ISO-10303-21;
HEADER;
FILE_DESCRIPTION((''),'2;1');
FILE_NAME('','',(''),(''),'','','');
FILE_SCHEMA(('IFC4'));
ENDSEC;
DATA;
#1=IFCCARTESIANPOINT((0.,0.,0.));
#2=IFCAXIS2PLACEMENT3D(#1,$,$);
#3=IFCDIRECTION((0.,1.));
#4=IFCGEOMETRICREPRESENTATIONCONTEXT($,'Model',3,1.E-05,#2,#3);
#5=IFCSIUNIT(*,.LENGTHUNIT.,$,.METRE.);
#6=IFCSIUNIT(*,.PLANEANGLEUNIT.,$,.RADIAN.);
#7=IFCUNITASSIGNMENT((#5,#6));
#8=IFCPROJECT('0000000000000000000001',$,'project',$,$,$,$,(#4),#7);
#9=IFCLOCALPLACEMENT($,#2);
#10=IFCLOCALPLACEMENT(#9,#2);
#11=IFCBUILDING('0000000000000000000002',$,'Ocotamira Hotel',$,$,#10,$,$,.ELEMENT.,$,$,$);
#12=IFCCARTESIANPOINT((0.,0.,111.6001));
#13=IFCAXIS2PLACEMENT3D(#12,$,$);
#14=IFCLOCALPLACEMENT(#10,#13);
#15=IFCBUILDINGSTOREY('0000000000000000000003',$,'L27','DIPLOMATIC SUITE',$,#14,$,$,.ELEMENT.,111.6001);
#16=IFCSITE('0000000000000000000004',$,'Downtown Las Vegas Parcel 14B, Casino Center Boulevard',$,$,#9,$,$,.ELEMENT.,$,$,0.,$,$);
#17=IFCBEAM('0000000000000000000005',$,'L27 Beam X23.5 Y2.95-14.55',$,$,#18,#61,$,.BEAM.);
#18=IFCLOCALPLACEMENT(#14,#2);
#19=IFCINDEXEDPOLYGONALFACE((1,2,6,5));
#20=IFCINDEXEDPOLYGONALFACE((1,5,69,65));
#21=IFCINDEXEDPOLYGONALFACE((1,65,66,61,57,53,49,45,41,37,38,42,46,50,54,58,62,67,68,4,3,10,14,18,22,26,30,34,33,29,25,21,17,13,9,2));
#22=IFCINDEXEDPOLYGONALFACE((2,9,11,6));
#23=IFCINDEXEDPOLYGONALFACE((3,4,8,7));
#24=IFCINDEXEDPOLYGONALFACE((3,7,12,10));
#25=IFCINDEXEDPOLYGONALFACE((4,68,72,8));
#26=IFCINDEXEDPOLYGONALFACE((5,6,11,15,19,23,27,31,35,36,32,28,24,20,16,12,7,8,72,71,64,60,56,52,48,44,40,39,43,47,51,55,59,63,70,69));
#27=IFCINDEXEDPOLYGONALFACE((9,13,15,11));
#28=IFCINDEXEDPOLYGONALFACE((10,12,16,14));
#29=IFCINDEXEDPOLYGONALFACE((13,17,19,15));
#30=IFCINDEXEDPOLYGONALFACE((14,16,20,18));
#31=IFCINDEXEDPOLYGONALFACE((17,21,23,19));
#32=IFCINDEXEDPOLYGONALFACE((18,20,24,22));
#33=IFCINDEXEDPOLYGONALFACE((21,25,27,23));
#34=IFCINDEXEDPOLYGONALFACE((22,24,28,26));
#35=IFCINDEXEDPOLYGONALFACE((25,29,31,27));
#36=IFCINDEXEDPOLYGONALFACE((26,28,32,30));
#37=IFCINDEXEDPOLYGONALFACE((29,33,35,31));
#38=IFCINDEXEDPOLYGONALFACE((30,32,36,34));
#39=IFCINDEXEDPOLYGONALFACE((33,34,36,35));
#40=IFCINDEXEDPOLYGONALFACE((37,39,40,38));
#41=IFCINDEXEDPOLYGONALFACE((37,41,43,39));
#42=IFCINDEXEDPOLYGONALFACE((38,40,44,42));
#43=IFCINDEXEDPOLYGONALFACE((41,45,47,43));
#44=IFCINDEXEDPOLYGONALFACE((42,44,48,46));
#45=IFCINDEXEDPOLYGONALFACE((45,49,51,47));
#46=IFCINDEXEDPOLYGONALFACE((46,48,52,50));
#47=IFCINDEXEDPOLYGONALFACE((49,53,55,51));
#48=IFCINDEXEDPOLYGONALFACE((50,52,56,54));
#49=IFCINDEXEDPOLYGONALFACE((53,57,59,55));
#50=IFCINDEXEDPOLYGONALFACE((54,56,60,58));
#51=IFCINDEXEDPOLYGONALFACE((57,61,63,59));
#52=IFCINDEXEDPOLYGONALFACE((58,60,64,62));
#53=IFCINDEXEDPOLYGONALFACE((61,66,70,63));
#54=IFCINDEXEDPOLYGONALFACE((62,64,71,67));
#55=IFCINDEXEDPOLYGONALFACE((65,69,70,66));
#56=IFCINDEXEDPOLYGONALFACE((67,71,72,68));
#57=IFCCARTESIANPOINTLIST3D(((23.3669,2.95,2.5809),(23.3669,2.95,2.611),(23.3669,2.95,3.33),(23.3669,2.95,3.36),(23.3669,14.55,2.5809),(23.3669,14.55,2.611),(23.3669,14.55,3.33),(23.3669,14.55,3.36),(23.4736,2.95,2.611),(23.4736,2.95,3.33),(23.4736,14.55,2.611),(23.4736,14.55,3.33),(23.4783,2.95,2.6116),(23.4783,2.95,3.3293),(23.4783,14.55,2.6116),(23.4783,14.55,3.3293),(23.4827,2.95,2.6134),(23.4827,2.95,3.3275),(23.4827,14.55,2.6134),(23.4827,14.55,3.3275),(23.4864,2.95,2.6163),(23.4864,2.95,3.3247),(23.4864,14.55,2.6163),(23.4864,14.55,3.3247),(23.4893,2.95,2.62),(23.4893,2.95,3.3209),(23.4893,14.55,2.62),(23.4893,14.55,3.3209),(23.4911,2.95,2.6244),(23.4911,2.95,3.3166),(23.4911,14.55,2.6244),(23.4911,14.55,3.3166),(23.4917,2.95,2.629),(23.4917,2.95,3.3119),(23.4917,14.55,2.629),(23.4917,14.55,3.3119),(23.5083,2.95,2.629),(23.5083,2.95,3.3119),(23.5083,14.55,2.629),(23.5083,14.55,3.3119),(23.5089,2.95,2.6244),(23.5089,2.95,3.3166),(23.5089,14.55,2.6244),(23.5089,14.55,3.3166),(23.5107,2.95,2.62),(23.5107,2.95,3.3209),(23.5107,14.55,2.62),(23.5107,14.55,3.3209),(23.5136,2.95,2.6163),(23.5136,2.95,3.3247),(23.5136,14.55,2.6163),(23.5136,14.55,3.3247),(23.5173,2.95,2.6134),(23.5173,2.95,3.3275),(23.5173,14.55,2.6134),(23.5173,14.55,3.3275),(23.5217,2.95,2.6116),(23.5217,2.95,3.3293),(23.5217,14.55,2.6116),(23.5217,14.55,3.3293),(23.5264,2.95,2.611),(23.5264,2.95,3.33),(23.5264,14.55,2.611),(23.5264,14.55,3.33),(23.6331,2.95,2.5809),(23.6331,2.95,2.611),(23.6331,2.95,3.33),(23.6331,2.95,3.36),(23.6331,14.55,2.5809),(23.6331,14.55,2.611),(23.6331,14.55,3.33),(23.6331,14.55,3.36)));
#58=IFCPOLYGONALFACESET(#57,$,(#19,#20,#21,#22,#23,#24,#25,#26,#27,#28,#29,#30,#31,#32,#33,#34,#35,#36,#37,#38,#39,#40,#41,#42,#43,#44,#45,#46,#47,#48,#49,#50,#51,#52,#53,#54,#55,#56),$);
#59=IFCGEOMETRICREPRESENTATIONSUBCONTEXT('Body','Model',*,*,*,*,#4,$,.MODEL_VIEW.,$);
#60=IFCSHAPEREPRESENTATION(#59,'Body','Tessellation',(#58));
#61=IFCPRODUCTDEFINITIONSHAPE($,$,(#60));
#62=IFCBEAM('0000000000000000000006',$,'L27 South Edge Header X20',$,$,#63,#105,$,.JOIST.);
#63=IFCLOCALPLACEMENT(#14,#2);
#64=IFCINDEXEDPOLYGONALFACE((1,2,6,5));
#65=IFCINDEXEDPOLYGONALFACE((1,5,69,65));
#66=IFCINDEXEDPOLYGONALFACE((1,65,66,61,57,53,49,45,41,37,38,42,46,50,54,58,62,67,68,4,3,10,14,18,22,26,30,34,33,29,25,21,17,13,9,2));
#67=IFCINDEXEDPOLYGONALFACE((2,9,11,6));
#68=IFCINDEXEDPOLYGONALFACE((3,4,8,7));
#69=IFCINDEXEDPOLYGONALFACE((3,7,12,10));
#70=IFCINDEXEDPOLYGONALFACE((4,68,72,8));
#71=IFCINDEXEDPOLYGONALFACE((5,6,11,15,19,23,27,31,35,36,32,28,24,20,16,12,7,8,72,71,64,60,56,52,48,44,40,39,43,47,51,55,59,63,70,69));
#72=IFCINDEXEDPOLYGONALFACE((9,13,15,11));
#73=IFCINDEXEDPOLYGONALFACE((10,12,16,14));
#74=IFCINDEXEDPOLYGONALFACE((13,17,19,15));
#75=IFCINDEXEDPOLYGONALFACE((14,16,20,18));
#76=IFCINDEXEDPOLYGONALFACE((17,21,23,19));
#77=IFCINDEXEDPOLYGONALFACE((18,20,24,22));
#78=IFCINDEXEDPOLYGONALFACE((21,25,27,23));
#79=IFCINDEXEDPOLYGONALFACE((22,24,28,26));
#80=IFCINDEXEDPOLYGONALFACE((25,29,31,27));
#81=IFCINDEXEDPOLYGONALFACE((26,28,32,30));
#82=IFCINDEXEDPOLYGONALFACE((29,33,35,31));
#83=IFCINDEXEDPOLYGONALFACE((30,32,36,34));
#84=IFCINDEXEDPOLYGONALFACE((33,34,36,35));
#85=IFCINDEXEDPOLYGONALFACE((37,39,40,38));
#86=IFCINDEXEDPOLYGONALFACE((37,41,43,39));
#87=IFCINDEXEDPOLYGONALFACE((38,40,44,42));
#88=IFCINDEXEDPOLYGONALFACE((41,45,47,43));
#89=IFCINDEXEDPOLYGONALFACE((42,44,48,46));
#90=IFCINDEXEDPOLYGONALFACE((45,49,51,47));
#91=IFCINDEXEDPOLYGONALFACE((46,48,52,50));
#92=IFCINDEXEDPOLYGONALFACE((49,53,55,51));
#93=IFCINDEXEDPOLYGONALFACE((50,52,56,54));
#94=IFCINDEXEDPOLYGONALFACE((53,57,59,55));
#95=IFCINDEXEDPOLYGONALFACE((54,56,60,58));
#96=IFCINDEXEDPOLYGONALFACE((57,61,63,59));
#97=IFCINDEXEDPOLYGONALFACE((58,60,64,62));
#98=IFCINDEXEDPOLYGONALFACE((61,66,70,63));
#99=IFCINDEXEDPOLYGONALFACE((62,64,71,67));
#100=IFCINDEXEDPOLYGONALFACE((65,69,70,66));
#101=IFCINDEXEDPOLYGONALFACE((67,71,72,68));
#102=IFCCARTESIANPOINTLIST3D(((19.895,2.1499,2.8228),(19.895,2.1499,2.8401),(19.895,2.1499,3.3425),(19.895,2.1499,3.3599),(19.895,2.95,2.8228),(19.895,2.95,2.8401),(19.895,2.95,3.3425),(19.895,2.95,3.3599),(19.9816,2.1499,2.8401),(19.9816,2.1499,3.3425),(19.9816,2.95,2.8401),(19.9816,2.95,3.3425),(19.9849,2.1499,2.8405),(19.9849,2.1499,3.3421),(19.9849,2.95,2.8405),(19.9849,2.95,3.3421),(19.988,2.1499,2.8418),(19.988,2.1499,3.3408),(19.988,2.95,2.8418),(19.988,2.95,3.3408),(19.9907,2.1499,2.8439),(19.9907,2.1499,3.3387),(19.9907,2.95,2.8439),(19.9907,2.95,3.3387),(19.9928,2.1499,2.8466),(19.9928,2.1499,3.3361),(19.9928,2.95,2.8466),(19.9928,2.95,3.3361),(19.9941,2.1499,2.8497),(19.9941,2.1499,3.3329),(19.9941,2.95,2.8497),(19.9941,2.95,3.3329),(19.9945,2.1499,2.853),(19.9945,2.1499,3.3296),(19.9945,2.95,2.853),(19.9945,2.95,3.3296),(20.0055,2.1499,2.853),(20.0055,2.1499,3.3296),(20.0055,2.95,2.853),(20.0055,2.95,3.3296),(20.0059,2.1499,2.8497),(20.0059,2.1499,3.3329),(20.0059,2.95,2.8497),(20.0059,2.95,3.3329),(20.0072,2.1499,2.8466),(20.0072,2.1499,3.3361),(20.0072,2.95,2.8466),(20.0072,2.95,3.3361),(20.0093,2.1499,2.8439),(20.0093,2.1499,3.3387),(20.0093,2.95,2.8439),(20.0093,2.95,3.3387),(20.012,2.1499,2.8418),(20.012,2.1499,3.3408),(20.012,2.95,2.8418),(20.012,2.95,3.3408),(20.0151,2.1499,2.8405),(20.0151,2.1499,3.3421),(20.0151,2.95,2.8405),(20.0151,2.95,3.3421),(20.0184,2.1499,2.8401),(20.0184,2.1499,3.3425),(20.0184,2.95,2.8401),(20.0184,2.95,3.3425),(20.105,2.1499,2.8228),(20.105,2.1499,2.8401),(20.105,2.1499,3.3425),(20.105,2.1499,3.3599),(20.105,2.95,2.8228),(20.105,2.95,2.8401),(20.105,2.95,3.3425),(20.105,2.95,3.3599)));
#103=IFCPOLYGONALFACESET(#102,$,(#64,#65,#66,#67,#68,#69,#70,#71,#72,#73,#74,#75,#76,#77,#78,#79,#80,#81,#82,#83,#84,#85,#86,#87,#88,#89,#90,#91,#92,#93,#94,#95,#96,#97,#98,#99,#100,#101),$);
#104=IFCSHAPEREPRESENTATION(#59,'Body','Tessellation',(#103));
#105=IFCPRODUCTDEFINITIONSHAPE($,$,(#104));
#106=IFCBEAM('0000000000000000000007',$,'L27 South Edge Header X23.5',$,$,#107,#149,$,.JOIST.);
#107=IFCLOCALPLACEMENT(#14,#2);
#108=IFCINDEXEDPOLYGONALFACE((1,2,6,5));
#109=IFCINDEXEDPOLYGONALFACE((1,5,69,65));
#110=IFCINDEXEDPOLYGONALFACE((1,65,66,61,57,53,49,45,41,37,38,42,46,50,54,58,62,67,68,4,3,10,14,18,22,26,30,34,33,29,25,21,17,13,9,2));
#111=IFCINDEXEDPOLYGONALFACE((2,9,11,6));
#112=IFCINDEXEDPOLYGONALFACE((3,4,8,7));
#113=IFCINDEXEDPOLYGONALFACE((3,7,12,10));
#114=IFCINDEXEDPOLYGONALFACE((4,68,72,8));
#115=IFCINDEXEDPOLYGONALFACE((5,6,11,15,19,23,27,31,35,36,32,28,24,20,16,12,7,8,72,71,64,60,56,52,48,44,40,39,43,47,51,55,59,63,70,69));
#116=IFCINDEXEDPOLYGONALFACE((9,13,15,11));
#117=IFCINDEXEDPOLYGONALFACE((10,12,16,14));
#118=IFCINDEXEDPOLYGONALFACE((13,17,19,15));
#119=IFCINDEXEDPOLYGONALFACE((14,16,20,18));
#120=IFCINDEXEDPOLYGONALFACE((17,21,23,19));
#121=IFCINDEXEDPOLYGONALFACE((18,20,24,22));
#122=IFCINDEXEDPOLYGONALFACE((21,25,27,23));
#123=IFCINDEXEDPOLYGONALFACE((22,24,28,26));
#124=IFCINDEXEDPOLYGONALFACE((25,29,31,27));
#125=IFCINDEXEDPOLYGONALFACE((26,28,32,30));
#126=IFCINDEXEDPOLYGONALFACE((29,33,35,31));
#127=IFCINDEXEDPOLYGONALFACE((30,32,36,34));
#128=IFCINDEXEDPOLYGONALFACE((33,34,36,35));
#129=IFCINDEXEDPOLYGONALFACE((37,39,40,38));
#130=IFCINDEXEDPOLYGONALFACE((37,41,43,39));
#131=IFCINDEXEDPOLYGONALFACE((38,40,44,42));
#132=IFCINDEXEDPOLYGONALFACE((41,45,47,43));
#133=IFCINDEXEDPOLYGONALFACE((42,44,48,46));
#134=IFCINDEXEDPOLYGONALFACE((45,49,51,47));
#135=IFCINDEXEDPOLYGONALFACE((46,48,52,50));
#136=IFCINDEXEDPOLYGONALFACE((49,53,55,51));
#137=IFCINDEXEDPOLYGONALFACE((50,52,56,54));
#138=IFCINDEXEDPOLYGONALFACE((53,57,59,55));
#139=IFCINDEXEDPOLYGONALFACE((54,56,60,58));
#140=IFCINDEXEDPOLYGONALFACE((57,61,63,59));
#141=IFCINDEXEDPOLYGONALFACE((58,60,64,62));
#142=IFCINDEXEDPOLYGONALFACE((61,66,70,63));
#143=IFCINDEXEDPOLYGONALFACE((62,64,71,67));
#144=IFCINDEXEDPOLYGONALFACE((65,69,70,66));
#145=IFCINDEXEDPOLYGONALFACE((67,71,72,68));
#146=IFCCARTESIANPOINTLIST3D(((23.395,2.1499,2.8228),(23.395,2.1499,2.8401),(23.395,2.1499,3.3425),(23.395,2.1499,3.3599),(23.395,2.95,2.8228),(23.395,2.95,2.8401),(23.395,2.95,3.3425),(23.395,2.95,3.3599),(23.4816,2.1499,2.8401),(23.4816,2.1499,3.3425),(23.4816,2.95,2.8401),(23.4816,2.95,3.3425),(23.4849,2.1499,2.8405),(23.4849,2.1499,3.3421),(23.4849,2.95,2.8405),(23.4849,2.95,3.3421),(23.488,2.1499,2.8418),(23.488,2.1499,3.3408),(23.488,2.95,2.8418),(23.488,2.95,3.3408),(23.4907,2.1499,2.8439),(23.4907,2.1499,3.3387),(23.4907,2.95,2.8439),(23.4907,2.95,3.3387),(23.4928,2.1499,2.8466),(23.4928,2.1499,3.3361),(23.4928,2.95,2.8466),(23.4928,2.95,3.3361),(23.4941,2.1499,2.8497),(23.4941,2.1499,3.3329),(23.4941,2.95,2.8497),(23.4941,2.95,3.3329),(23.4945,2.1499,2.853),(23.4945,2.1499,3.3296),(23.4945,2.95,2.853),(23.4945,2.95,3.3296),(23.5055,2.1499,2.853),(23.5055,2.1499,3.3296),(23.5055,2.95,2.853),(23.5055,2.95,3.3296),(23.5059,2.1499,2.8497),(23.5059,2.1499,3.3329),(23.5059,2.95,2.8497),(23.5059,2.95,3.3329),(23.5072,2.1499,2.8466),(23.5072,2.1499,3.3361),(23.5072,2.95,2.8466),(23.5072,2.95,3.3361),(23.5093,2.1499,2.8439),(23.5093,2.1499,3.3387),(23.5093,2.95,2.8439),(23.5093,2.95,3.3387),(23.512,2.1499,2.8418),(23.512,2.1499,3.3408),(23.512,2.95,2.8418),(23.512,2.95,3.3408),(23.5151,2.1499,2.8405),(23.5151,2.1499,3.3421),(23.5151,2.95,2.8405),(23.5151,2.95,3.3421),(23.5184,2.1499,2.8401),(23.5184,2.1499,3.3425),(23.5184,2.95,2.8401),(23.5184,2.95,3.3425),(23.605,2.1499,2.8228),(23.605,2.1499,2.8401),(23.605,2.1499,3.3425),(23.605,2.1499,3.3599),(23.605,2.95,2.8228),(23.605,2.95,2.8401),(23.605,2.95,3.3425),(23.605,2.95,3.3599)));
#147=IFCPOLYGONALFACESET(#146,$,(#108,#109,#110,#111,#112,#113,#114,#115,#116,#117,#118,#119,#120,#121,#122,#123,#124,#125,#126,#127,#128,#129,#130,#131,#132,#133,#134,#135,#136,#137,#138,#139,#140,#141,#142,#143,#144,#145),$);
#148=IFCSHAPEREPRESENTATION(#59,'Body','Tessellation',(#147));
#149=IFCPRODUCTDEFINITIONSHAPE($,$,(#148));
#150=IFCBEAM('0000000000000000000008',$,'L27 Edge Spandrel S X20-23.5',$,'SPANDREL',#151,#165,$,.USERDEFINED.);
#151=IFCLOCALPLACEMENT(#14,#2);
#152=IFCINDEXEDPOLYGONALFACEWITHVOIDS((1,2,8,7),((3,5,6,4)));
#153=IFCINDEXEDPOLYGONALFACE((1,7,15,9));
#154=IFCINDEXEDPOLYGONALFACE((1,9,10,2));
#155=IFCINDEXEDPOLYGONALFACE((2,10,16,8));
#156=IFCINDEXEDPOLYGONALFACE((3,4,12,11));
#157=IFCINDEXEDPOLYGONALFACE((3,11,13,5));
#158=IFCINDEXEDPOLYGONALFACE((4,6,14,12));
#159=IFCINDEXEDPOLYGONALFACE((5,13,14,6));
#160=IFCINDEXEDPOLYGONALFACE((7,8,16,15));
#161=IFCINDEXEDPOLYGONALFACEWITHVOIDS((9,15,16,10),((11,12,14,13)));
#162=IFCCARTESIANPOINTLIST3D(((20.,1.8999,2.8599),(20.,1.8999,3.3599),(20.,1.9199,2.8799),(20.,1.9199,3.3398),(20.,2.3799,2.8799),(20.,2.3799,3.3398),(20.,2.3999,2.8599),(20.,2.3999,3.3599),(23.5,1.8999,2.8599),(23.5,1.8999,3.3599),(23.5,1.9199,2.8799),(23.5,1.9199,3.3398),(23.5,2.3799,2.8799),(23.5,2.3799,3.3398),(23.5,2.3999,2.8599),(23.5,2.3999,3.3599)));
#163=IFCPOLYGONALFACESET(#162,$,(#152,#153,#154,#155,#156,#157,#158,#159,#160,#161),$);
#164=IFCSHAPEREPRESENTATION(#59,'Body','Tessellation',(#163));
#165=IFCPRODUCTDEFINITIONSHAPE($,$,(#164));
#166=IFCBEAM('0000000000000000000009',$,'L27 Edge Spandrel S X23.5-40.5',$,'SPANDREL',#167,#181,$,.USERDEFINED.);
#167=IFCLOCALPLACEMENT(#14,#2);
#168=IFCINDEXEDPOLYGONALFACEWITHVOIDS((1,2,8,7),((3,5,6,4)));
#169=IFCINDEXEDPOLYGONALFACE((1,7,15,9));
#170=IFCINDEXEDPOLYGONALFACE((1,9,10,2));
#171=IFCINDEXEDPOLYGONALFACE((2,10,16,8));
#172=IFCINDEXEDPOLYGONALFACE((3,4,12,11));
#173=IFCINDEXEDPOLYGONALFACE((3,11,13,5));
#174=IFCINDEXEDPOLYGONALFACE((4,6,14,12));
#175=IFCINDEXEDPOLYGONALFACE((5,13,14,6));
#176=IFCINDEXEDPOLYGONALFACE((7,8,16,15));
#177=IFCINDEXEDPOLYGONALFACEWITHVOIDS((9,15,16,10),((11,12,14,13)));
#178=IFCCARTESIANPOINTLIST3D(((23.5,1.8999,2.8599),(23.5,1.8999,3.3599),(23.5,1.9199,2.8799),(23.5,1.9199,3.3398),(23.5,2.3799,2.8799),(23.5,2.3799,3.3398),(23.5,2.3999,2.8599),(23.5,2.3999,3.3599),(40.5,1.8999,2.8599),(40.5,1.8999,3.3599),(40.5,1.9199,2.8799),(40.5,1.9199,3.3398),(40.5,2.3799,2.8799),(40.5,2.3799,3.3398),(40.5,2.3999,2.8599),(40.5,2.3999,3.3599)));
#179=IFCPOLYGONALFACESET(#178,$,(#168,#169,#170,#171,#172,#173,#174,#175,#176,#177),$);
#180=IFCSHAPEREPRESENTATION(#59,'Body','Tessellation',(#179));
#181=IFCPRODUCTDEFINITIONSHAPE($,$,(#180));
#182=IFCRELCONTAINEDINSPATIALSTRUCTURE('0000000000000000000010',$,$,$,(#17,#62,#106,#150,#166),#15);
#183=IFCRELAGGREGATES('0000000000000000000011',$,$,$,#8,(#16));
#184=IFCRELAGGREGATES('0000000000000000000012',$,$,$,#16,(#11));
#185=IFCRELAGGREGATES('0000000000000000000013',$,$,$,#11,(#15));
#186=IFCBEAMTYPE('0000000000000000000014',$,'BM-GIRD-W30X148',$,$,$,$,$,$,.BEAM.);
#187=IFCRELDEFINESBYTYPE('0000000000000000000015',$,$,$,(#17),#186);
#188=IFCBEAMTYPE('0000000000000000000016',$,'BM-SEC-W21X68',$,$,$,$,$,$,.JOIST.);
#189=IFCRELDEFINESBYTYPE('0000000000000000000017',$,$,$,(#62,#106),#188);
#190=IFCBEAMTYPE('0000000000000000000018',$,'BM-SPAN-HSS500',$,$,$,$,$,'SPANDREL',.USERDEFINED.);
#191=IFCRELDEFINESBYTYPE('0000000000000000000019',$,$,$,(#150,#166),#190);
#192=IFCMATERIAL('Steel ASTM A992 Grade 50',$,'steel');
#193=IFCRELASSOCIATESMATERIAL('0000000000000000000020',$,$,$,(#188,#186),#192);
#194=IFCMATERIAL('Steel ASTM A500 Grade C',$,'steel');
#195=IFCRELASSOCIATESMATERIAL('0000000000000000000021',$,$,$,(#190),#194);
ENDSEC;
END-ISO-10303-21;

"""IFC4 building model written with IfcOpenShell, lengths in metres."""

from ifc_helpers import new_model, si_unit, direction, frame, origin, origin_2d, place, context, subcontext, project, spatial, hollow_rectangle, i_section, extrude, source, transform, mapped, material, material_profile, profile_set, type_object, element, save


model = new_model("IFC4")

# Units and contexts
model_context = context("Model", 3, precision=1e-05, world=origin(), true_north=direction((0.0, 1.0)))
body_context = subcontext(model_context, "Body", "Model", "MODEL_VIEW")
ifc_project = project(units=[si_unit("LENGTHUNIT", "METRE"), si_unit("PLANEANGLEUNIT", "RADIAN")], contexts=[model_context])

# Site, building, storey
site_placement = place(None, origin())
site = spatial("IfcSite", under=ifc_project, at=site_placement, Name="Downtown Las Vegas Parcel 14B, Casino Center Boulevard", CompositionType="ELEMENT", RefElevation=0.0)
building_placement = place(site_placement, origin())
building = spatial("IfcBuilding", under=site, at=building_placement, Name="Ocotamira Hotel", CompositionType="ELEMENT")
storey_placement = place(building_placement, frame((0.0, 0.0, 111.6001)))
storey = spatial("IfcBuildingStorey", under=building, at=storey_placement, Name="L27", Description="DIPLOMATIC SUITE", CompositionType="ELEMENT", Elevation=111.6001)

# Beams
ifc_material_1 = material(Name="Steel ASTM A992 Grade 50", Category="steel")
ifc_material_profile_1 = material_profile(ifc_material_1, i_section(OverallWidth=0.21, OverallDepth=0.5371, WebThickness=0.011, FlangeThickness=0.0173, FilletRadius=0.0129, at=origin_2d()), Name="W21X68")
ifc_profile_set_1 = profile_set([ifc_material_profile_1], Name="Steel ASTM A992 Grade 50")
beam_type_1 = type_object("IfcBeamType", Name="BM-SEC-W21X68", PredefinedType="JOIST", material=ifc_profile_set_1)
ifc_material_profile_2 = material_profile(ifc_material_1, i_section(OverallWidth=0.2661, OverallDepth=0.7791, WebThickness=0.0166, FlangeThickness=0.03, FilletRadius=0.0181, at=origin_2d()), Name="W30X148")
ifc_profile_set_2 = profile_set([ifc_material_profile_2], Name="Steel ASTM A992 Grade 50")
beam_type_2 = type_object("IfcBeamType", Name="BM-GIRD-W30X148", PredefinedType="BEAM", material=ifc_profile_set_2)
shared_shape_1 = source(origin(), body_context, "Body", "SweptSolid", [
    extrude(i_section(OverallWidth=0.2661, OverallDepth=0.7791, WebThickness=0.0166, FlangeThickness=0.03, FilletRadius=0.0181, at=origin_2d()), origin(), (0.0, 0.0, 1.0), 11.6001),
])
beam_1_placement = place(storey_placement, frame((23.5, 2.95, 2.9705), z_axis=(0.0, 1.0, 0.0), x_axis=(-1.0, 0.0, 0.0)))
element("IfcBeam", 1, at=beam_1_placement, inside=storey, type_object=beam_type_2, Name="L27 Beam X23.5 Y2.95-14.55", PredefinedType="BEAM", context=body_context, shape_type="MappedRepresentation", body=[
    mapped(shared_shape_1, transform((0.0, 0.0, 0.0), scale=1.0)),
])
shared_shape_2 = source(origin(), body_context, "Body", "SweptSolid", [
    extrude(i_section(OverallWidth=0.21, OverallDepth=0.5371, WebThickness=0.011, FlangeThickness=0.0173, FilletRadius=0.0129, at=origin_2d()), origin(), (0.0, 0.0, 1.0), 0.8),
])
for number, where, z_axis, x_axis, name in (
    (2, (20.0, 2.95, 3.0913), (0.0, -1.0, 0.0), (1.0, 0.0, 0.0), "L27 South Edge Header X20"),
    (3, (23.5, 2.95, 3.0913), (0.0, -1.0, 0.0), (1.0, 0.0, 0.0), "L27 South Edge Header X23.5"),
):
    element("IfcBeam", number, at=place(storey_placement, frame(where, z_axis=z_axis, x_axis=x_axis)), inside=storey, type_object=beam_type_1, Name=name, PredefinedType="JOIST", context=body_context, shape_type="MappedRepresentation", body=[
        mapped(shared_shape_2, transform((0.0, 0.0, 0.0), scale=1.0)),
    ])
ifc_material_2 = material(Name="Steel ASTM A500 Grade C", Category="steel")
ifc_material_profile_3 = material_profile(ifc_material_2, hollow_rectangle(XDim=0.5, YDim=0.5, WallThickness=0.02, at=origin_2d()), Name="HSS500X500X20")
ifc_profile_set_3 = profile_set([ifc_material_profile_3], Name="Steel ASTM A500 Grade C")
beam_type_3 = type_object("IfcBeamType", Name="BM-SPAN-HSS500", ElementType="SPANDREL", PredefinedType="USERDEFINED", material=ifc_profile_set_3)
shared_shape_3 = source(origin(), body_context, "Body", "SweptSolid", [
    extrude(hollow_rectangle(XDim=0.5, YDim=0.5, WallThickness=0.02, at=origin_2d()), origin(), (0.0, 0.0, 1.0), 3.5),
])
beam_2_placement = place(storey_placement, frame((20.0, 2.1499, 3.1099), z_axis=(1.0, 0.0, 0.0), x_axis=(0.0, 1.0, 0.0)))
element("IfcBeam", 4, at=beam_2_placement, inside=storey, type_object=beam_type_3, Name="L27 Edge Spandrel S X20-23.5", ObjectType="SPANDREL", PredefinedType="USERDEFINED", context=body_context, shape_type="MappedRepresentation", body=[
    mapped(shared_shape_3, transform((0.0, 0.0, 0.0), scale=1.0)),
])
shared_shape_4 = source(origin(), body_context, "Body", "SweptSolid", [
    extrude(hollow_rectangle(XDim=0.5, YDim=0.5, WallThickness=0.02, at=origin_2d()), origin(), (0.0, 0.0, 1.0), 17.0),
])
beam_3_placement = place(storey_placement, frame((23.5, 2.1499, 3.1099), z_axis=(1.0, 0.0, 0.0), x_axis=(0.0, 1.0, 0.0)))
element("IfcBeam", 5, at=beam_3_placement, inside=storey, type_object=beam_type_3, Name="L27 Edge Spandrel S X23.5-40.5", ObjectType="SPANDREL", PredefinedType="USERDEFINED", context=body_context, shape_type="MappedRepresentation", body=[
    mapped(shared_shape_4, transform((0.0, 0.0, 0.0), scale=1.0)),
])

save(model, "model.ifc")
